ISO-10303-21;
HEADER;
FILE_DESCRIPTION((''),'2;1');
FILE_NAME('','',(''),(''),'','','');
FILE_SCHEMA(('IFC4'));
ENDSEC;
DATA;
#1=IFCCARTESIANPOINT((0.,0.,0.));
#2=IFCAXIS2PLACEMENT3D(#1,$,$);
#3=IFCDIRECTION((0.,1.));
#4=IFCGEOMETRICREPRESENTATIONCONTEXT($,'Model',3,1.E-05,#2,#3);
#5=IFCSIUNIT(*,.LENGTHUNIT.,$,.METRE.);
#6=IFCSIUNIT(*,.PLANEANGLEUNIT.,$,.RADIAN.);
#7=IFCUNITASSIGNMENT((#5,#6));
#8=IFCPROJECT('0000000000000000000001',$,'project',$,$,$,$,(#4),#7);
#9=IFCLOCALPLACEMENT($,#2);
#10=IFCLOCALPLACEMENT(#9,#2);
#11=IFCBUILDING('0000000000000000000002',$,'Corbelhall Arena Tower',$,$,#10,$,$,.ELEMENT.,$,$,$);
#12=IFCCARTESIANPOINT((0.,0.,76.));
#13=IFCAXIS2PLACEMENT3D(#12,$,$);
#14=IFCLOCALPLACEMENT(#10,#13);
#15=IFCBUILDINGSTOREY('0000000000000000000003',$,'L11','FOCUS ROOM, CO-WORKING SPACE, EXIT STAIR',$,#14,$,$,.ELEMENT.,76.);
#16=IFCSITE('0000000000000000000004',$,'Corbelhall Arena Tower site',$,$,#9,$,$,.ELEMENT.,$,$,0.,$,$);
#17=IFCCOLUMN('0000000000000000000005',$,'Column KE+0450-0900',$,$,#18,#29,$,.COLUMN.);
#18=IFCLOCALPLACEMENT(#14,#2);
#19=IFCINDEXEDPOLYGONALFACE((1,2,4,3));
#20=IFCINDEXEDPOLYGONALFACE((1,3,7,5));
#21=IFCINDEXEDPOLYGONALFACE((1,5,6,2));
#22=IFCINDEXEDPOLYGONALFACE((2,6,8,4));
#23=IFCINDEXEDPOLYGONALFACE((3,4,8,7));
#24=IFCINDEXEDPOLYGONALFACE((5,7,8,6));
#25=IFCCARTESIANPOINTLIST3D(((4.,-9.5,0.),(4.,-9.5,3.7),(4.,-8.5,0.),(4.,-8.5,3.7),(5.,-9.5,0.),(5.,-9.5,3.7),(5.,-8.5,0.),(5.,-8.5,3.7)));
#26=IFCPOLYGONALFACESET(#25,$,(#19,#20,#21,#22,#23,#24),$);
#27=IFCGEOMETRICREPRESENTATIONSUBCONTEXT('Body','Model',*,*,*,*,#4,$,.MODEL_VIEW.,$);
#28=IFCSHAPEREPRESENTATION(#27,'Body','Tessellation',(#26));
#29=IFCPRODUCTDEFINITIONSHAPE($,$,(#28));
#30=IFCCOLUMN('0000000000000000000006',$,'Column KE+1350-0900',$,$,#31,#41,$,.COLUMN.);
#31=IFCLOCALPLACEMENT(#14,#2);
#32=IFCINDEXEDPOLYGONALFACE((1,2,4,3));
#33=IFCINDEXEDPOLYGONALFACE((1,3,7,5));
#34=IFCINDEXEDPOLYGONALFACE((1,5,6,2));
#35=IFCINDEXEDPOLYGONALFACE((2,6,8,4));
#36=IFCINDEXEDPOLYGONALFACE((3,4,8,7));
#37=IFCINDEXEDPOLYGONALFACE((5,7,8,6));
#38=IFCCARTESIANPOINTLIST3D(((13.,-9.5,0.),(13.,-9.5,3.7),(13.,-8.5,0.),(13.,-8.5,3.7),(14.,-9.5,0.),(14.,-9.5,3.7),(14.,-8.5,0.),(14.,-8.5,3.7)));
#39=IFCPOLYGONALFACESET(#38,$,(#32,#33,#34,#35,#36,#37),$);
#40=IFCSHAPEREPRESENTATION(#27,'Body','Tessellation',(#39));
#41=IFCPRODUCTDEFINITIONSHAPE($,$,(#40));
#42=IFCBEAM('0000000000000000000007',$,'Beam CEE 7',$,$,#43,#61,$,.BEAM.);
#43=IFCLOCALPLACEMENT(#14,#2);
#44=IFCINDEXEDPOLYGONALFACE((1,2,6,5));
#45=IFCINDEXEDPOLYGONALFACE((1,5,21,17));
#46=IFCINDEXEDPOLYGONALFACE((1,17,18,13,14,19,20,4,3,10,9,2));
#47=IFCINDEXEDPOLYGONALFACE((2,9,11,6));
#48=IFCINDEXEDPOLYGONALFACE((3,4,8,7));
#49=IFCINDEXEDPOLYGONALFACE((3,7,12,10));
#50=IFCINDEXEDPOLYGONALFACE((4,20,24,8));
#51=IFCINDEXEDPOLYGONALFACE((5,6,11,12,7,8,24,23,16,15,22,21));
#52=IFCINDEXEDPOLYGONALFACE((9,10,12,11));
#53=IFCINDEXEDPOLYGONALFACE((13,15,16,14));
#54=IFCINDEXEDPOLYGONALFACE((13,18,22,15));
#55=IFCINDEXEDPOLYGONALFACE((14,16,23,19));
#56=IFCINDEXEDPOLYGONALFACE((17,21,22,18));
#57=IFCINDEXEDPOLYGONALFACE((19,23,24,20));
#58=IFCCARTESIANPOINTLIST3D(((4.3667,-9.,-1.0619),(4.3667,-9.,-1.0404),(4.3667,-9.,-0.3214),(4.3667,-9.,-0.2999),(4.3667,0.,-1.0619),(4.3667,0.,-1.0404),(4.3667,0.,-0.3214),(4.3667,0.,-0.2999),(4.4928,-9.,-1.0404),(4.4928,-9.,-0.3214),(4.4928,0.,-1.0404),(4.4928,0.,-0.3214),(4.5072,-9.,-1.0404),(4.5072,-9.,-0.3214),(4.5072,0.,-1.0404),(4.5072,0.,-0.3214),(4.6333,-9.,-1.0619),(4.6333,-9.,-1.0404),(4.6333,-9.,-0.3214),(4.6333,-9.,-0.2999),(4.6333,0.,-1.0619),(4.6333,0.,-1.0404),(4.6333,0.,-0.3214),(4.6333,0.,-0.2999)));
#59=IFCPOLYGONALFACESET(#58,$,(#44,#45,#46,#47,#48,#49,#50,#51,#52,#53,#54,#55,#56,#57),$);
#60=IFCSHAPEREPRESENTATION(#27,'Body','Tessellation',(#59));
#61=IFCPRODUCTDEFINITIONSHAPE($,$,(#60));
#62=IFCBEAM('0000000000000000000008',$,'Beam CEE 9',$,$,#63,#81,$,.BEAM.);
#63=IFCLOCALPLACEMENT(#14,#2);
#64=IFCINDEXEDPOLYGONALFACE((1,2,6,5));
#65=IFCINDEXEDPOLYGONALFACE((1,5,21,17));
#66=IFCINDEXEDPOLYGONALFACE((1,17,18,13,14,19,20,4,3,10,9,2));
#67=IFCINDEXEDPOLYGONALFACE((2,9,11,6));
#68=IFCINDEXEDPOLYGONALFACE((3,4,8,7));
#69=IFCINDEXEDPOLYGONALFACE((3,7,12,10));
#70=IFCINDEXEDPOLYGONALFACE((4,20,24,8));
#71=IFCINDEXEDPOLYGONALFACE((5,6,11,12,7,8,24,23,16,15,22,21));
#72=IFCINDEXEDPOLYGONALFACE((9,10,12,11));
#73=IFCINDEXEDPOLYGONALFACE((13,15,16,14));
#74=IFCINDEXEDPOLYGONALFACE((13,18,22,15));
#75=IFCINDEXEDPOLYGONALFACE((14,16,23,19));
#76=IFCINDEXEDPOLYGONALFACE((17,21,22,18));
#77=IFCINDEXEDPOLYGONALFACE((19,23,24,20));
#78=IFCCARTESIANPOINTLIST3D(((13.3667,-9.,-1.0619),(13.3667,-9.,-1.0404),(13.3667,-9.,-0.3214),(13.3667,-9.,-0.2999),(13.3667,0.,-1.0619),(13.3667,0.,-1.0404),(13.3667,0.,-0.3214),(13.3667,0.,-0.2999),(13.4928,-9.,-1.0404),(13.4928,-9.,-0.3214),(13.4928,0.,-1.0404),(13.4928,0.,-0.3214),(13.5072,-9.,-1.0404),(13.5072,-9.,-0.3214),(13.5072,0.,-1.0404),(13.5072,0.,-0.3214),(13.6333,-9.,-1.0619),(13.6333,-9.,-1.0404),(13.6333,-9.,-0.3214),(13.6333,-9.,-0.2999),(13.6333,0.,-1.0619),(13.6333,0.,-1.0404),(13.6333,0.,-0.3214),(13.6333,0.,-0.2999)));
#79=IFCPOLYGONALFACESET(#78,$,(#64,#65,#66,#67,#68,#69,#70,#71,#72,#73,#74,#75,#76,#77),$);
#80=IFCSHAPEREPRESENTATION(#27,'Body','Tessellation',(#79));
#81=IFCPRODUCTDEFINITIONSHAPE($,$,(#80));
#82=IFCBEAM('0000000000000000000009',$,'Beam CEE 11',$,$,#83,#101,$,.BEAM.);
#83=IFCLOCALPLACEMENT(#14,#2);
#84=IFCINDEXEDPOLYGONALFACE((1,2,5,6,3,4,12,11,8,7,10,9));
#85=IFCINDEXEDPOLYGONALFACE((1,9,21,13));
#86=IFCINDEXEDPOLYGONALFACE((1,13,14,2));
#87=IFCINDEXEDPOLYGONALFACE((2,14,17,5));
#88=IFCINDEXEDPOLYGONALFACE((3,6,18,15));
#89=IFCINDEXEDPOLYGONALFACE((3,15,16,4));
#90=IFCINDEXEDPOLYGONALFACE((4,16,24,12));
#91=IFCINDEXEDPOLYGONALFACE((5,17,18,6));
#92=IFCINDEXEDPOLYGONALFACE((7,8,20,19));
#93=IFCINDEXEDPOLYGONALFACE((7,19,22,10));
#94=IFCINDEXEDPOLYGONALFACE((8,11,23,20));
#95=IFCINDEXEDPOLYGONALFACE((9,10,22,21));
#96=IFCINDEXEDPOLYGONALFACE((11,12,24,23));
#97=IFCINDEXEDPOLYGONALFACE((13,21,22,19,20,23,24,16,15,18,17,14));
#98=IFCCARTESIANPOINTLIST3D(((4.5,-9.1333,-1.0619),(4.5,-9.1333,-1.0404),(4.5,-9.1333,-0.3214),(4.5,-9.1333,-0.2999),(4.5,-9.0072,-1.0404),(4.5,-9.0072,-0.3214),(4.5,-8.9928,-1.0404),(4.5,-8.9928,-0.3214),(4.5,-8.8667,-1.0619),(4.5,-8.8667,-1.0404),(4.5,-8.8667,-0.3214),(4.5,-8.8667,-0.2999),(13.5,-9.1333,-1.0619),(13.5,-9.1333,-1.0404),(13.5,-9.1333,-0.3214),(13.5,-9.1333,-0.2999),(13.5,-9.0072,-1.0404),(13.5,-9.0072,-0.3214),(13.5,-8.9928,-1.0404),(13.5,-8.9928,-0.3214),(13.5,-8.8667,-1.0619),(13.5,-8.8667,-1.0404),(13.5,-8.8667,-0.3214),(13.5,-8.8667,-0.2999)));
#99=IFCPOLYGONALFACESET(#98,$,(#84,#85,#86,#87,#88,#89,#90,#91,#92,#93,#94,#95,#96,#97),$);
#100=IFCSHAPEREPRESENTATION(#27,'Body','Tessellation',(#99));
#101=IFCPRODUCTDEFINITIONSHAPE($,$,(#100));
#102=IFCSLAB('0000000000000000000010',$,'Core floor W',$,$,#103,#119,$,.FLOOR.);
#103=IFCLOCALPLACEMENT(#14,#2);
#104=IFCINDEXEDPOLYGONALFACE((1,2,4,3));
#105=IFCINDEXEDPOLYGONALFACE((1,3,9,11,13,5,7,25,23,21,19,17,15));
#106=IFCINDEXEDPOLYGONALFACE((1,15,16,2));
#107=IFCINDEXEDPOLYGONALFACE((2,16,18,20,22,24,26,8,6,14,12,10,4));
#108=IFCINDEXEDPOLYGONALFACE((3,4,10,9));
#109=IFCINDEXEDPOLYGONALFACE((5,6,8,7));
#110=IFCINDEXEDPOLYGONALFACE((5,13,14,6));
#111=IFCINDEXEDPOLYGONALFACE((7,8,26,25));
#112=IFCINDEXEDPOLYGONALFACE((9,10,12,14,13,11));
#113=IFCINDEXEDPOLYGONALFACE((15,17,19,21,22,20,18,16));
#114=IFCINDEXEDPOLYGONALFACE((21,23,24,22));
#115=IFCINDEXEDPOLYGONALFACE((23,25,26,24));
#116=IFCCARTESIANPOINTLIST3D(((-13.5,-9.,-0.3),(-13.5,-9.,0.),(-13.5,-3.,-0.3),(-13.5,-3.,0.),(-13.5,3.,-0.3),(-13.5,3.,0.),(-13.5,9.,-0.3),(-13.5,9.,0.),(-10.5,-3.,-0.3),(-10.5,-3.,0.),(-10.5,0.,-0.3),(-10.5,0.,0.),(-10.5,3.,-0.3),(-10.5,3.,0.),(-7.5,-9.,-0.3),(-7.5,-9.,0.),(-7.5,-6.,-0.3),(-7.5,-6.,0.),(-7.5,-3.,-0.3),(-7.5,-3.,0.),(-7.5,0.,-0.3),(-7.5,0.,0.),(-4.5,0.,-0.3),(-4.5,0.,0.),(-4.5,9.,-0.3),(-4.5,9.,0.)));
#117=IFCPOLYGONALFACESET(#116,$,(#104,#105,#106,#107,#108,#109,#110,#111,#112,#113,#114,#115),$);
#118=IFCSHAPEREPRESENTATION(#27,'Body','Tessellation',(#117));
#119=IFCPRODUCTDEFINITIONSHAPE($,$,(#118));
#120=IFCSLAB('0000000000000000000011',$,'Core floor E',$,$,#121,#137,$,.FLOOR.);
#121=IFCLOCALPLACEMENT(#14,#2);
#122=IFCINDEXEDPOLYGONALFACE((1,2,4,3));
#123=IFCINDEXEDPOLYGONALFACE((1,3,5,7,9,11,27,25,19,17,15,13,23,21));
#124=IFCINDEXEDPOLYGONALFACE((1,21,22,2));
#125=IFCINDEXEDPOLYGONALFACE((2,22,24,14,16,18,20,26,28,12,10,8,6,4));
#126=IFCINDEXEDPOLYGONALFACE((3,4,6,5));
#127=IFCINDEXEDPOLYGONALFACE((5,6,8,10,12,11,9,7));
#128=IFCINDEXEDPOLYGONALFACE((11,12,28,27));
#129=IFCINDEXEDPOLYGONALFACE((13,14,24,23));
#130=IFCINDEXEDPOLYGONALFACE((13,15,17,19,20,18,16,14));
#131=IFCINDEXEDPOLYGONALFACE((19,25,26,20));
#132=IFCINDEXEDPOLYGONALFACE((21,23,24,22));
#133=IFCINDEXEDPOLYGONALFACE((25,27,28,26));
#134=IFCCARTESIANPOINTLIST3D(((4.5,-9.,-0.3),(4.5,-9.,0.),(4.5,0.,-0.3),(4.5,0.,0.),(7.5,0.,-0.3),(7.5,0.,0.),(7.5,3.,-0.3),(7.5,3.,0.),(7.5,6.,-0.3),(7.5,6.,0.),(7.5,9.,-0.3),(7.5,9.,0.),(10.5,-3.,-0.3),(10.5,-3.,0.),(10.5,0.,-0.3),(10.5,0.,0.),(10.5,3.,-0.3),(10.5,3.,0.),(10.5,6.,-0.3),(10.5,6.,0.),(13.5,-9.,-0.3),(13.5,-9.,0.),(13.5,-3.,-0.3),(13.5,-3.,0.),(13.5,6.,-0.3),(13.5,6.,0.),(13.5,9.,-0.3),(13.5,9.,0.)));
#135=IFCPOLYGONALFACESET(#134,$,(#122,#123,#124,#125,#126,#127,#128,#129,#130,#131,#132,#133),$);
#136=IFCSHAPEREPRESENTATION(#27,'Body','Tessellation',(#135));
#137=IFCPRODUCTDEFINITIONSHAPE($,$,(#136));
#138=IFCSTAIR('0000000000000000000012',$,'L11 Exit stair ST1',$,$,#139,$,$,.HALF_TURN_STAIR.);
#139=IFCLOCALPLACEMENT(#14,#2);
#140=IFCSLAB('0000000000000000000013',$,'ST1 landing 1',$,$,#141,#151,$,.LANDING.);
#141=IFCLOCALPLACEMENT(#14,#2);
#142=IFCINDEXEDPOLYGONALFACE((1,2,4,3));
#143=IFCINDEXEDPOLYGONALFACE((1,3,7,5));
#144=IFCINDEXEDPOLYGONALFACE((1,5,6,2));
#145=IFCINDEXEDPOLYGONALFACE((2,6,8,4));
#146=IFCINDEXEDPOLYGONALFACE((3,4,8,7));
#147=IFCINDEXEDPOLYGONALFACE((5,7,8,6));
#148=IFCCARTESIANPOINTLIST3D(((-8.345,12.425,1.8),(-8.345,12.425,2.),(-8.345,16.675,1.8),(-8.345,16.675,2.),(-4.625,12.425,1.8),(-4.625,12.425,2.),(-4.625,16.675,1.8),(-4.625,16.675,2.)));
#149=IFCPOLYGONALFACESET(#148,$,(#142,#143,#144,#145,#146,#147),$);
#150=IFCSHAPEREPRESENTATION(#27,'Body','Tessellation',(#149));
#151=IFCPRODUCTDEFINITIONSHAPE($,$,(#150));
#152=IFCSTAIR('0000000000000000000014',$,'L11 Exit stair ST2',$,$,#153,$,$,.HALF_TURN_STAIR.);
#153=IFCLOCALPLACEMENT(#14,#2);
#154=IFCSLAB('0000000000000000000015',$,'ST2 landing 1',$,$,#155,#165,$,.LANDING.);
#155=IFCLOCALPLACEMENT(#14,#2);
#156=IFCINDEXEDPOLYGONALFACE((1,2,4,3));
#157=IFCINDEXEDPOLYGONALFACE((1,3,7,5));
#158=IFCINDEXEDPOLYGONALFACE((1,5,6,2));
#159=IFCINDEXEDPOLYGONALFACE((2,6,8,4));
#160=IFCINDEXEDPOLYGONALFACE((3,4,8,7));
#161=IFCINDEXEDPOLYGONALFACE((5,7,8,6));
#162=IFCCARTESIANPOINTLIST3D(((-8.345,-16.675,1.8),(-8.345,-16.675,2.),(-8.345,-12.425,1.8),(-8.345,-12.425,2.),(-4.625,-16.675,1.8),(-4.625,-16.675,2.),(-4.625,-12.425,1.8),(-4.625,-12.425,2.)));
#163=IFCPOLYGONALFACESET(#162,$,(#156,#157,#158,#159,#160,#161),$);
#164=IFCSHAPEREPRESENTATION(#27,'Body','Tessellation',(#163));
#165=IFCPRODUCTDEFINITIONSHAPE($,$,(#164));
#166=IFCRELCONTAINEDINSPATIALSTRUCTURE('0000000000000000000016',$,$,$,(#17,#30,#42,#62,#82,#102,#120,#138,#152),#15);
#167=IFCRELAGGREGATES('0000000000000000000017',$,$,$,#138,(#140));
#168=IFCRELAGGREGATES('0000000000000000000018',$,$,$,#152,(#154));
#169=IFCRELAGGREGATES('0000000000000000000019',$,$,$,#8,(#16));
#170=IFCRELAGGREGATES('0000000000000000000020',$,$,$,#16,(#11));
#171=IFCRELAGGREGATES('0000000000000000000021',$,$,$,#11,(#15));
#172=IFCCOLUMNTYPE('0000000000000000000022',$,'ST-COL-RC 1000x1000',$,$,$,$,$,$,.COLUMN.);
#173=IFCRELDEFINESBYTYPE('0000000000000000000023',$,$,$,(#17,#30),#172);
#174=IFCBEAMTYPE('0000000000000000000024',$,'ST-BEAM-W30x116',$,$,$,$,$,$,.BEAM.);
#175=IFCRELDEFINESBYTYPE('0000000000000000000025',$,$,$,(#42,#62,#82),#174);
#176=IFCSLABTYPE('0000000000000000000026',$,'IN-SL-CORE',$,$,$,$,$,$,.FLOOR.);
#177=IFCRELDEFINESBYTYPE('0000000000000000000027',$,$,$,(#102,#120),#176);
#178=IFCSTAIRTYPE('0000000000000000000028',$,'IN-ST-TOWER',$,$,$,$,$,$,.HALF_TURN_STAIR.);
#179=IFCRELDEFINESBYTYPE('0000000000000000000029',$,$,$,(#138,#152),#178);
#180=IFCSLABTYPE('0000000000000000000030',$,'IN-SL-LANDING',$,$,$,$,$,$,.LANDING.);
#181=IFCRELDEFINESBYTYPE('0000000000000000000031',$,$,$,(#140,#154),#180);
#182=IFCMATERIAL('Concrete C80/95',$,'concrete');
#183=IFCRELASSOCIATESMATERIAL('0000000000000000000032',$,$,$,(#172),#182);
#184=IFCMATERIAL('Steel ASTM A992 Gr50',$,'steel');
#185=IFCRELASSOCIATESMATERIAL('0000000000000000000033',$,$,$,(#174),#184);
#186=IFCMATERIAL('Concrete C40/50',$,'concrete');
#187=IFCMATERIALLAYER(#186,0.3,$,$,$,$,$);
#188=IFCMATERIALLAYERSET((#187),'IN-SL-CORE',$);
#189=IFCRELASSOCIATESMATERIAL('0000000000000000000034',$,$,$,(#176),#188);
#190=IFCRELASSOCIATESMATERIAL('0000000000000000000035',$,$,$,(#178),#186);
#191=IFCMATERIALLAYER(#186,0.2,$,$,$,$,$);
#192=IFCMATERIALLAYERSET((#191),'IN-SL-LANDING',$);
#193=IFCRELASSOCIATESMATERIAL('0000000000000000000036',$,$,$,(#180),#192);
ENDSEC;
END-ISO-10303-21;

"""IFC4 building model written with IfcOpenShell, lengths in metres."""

from ifc_helpers import new_model, si_unit, direction, frame, origin, origin_2d, place, context, subcontext, project, spatial, polyline, rectangle, i_section, outline, extrude, material, layer, layer_set, material_profile, profile_set, type_object, element, aggregate, save


model = new_model("IFC4")

# Units and contexts
model_context = context("Model", 3, precision=1e-05, world=origin(), true_north=direction((0.0, 1.0)))
body_context = subcontext(model_context, "Body", "Model", "MODEL_VIEW")
ifc_project = project(units=[si_unit("LENGTHUNIT", "METRE"), si_unit("PLANEANGLEUNIT", "RADIAN")], contexts=[model_context])

# Site, building, storey
site_placement = place(None, origin())
site = spatial("IfcSite", under=ifc_project, at=site_placement, Name="Corbelhall Arena Tower site", CompositionType="ELEMENT", RefElevation=0.0)
building_placement = place(site_placement, origin())
building = spatial("IfcBuilding", under=site, at=building_placement, Name="Corbelhall Arena Tower", CompositionType="ELEMENT")
storey_placement = place(building_placement, frame((0.0, 0.0, 76.0)))
storey = spatial("IfcBuildingStorey", under=building, at=storey_placement, Name="L11", Description="FOCUS ROOM, CO-WORKING SPACE, EXIT STAIR", CompositionType="ELEMENT", Elevation=76.0)

# Columns
ifc_material_1 = material(Name="Concrete C80/95", Category="concrete")
ifc_material_profile_1 = material_profile(ifc_material_1, rectangle(XDim=1.0, YDim=1.0, at=origin_2d()))
ifc_profile_set_1 = profile_set([ifc_material_profile_1], Name="Concrete C80/95")
column_type = type_object("IfcColumnType", Name="ST-COL-RC 1000x1000", PredefinedType="COLUMN", material=ifc_profile_set_1)
for number, where, z_axis, x_axis, name in (
    (1, (4.5, -9.0, 0.0), (0.0, 0.0, 1.0), (1.0, 0.0, 0.0), "Column KE+0450-0900"),
    (2, (13.5, -9.0, 0.0), (0.0, 0.0, 1.0), (1.0, 0.0, 0.0), "Column KE+1350-0900"),
):
    element("IfcColumn", number, at=place(storey_placement, frame(where, z_axis=z_axis, x_axis=x_axis)), inside=storey, type_object=column_type, Name=name, PredefinedType="COLUMN", context=body_context, shape_type="SweptSolid", body=[
        extrude(rectangle(XDim=1.0, YDim=1.0, at=origin_2d()), origin(), (0.0, 0.0, 1.0), 3.7),
    ])

# Beams
ifc_material_2 = material(Name="Steel ASTM A992 Gr50", Category="steel")
ifc_material_profile_2 = material_profile(ifc_material_2, i_section(OverallWidth=0.2666, OverallDepth=0.762, WebThickness=0.0144, FlangeThickness=0.0215, at=origin_2d()))
ifc_profile_set_2 = profile_set([ifc_material_profile_2], Name="Steel ASTM A992 Gr50")
beam_type = type_object("IfcBeamType", Name="ST-BEAM-W30x116", PredefinedType="BEAM", material=ifc_profile_set_2)
for number, where, z_axis, x_axis, name in (
    (3, (4.5, -9.0, -0.6809), (0.0, 1.0, 0.0), (-1.0, 0.0, 0.0), "Beam CEE 7"),
    (4, (13.5, -9.0, -0.6809), (0.0, 1.0, 0.0), (-1.0, 0.0, 0.0), "Beam CEE 9"),
    (5, (4.5, -9.0, -0.6809), (1.0, 0.0, 0.0), (0.0, 1.0, 0.0), "Beam CEE 11"),
):
    element("IfcBeam", number, at=place(storey_placement, frame(where, z_axis=z_axis, x_axis=x_axis)), inside=storey, type_object=beam_type, Name=name, PredefinedType="BEAM", context=body_context, shape_type="SweptSolid", body=[
        extrude(i_section(OverallWidth=0.2666, OverallDepth=0.762, WebThickness=0.0144, FlangeThickness=0.0215, at=origin_2d()), origin(), (0.0, 0.0, 1.0), 9.0),
    ])

# Slabs
ifc_material_3 = material(Name="Concrete C40/50", Category="concrete")
ifc_layer_1 = layer(ifc_material_3, 0.3)
ifc_layer_set_1 = layer_set([ifc_layer_1], Name="IN-SL-CORE")
slab_type_1 = type_object("IfcSlabType", Name="IN-SL-CORE", PredefinedType="FLOOR", material=ifc_layer_set_1)
slab_1_placement = place(storey_placement, frame((0.0, 0.0, -0.3)))
element("IfcSlab", 6, at=slab_1_placement, inside=storey, type_object=slab_type_1, Name="Core floor W", PredefinedType="FLOOR", context=body_context, shape_type="SweptSolid", body=[
    extrude(outline(polyline([(-7.5, 0.0), (-4.5, 0.0), (-4.5, 9.0), (-13.5, 9.0), (-13.5, 3.0), (-10.5, 3.0), (-10.5, 0.0), (-10.5, -3.0), (-13.5, -3.0), (-13.5, -9.0), (-7.5, -9.0), (-7.5, -6.0), (-7.5, -3.0), (-7.5, 0.0)])), origin(), (0.0, 0.0, 1.0), 0.3),
])
slab_2_placement = place(storey_placement, frame((0.0, 0.0, -0.3)))
element("IfcSlab", 7, at=slab_2_placement, inside=storey, type_object=slab_type_1, Name="Core floor E", PredefinedType="FLOOR", context=body_context, shape_type="SweptSolid", body=[
    extrude(outline(polyline([(7.5, 0.0), (4.5, 0.0), (4.5, -9.0), (13.5, -9.0), (13.5, -3.0), (10.5, -3.0), (10.5, 0.0), (10.5, 3.0), (10.5, 6.0), (13.5, 6.0), (13.5, 9.0), (7.5, 9.0), (7.5, 6.0), (7.5, 3.0), (7.5, 0.0)])), origin(), (0.0, 0.0, 1.0), 0.3),
])

# Stairs, slabs
stair_type = type_object("IfcStairType", Name="IN-ST-TOWER", PredefinedType="HALF_TURN_STAIR", material=ifc_material_3)
stair_1_placement = place(storey_placement, origin())
stair_1 = element("IfcStair", 8, at=stair_1_placement, inside=storey, type_object=stair_type, Name="L11 Exit stair ST1", PredefinedType="HALF_TURN_STAIR")
ifc_layer_2 = layer(ifc_material_3, 0.2)
ifc_layer_set_2 = layer_set([ifc_layer_2], Name="IN-SL-LANDING")
slab_type_2 = type_object("IfcSlabType", Name="IN-SL-LANDING", PredefinedType="LANDING", material=ifc_layer_set_2)
slab_3_placement = place(storey_placement, frame((0.0, 0.0, 1.8)))
slab_3 = element("IfcSlab", 9, at=slab_3_placement, type_object=slab_type_2, Name="ST1 landing 1", PredefinedType="LANDING", context=body_context, shape_type="SweptSolid", body=[
    extrude(outline(polyline([(-8.345, 12.425), (-4.625, 12.425), (-4.625, 16.675), (-8.345, 16.675), (-8.345, 12.425)])), origin(), (0.0, 0.0, 1.0), 0.2),
])
aggregate(stair_1, [slab_3])
stair_2_placement = place(storey_placement, origin())
stair_2 = element("IfcStair", 10, at=stair_2_placement, inside=storey, type_object=stair_type, Name="L11 Exit stair ST2", PredefinedType="HALF_TURN_STAIR")
slab_4_placement = place(storey_placement, frame((0.0, 0.0, 1.8)))
slab_4 = element("IfcSlab", 11, at=slab_4_placement, type_object=slab_type_2, Name="ST2 landing 1", PredefinedType="LANDING", context=body_context, shape_type="SweptSolid", body=[
    extrude(outline(polyline([(-8.345, -16.675), (-4.625, -16.675), (-4.625, -12.425), (-8.345, -12.425), (-8.345, -16.675)])), origin(), (0.0, 0.0, 1.0), 0.2),
])
aggregate(stair_2, [slab_4])

save(model, "model.ifc")
